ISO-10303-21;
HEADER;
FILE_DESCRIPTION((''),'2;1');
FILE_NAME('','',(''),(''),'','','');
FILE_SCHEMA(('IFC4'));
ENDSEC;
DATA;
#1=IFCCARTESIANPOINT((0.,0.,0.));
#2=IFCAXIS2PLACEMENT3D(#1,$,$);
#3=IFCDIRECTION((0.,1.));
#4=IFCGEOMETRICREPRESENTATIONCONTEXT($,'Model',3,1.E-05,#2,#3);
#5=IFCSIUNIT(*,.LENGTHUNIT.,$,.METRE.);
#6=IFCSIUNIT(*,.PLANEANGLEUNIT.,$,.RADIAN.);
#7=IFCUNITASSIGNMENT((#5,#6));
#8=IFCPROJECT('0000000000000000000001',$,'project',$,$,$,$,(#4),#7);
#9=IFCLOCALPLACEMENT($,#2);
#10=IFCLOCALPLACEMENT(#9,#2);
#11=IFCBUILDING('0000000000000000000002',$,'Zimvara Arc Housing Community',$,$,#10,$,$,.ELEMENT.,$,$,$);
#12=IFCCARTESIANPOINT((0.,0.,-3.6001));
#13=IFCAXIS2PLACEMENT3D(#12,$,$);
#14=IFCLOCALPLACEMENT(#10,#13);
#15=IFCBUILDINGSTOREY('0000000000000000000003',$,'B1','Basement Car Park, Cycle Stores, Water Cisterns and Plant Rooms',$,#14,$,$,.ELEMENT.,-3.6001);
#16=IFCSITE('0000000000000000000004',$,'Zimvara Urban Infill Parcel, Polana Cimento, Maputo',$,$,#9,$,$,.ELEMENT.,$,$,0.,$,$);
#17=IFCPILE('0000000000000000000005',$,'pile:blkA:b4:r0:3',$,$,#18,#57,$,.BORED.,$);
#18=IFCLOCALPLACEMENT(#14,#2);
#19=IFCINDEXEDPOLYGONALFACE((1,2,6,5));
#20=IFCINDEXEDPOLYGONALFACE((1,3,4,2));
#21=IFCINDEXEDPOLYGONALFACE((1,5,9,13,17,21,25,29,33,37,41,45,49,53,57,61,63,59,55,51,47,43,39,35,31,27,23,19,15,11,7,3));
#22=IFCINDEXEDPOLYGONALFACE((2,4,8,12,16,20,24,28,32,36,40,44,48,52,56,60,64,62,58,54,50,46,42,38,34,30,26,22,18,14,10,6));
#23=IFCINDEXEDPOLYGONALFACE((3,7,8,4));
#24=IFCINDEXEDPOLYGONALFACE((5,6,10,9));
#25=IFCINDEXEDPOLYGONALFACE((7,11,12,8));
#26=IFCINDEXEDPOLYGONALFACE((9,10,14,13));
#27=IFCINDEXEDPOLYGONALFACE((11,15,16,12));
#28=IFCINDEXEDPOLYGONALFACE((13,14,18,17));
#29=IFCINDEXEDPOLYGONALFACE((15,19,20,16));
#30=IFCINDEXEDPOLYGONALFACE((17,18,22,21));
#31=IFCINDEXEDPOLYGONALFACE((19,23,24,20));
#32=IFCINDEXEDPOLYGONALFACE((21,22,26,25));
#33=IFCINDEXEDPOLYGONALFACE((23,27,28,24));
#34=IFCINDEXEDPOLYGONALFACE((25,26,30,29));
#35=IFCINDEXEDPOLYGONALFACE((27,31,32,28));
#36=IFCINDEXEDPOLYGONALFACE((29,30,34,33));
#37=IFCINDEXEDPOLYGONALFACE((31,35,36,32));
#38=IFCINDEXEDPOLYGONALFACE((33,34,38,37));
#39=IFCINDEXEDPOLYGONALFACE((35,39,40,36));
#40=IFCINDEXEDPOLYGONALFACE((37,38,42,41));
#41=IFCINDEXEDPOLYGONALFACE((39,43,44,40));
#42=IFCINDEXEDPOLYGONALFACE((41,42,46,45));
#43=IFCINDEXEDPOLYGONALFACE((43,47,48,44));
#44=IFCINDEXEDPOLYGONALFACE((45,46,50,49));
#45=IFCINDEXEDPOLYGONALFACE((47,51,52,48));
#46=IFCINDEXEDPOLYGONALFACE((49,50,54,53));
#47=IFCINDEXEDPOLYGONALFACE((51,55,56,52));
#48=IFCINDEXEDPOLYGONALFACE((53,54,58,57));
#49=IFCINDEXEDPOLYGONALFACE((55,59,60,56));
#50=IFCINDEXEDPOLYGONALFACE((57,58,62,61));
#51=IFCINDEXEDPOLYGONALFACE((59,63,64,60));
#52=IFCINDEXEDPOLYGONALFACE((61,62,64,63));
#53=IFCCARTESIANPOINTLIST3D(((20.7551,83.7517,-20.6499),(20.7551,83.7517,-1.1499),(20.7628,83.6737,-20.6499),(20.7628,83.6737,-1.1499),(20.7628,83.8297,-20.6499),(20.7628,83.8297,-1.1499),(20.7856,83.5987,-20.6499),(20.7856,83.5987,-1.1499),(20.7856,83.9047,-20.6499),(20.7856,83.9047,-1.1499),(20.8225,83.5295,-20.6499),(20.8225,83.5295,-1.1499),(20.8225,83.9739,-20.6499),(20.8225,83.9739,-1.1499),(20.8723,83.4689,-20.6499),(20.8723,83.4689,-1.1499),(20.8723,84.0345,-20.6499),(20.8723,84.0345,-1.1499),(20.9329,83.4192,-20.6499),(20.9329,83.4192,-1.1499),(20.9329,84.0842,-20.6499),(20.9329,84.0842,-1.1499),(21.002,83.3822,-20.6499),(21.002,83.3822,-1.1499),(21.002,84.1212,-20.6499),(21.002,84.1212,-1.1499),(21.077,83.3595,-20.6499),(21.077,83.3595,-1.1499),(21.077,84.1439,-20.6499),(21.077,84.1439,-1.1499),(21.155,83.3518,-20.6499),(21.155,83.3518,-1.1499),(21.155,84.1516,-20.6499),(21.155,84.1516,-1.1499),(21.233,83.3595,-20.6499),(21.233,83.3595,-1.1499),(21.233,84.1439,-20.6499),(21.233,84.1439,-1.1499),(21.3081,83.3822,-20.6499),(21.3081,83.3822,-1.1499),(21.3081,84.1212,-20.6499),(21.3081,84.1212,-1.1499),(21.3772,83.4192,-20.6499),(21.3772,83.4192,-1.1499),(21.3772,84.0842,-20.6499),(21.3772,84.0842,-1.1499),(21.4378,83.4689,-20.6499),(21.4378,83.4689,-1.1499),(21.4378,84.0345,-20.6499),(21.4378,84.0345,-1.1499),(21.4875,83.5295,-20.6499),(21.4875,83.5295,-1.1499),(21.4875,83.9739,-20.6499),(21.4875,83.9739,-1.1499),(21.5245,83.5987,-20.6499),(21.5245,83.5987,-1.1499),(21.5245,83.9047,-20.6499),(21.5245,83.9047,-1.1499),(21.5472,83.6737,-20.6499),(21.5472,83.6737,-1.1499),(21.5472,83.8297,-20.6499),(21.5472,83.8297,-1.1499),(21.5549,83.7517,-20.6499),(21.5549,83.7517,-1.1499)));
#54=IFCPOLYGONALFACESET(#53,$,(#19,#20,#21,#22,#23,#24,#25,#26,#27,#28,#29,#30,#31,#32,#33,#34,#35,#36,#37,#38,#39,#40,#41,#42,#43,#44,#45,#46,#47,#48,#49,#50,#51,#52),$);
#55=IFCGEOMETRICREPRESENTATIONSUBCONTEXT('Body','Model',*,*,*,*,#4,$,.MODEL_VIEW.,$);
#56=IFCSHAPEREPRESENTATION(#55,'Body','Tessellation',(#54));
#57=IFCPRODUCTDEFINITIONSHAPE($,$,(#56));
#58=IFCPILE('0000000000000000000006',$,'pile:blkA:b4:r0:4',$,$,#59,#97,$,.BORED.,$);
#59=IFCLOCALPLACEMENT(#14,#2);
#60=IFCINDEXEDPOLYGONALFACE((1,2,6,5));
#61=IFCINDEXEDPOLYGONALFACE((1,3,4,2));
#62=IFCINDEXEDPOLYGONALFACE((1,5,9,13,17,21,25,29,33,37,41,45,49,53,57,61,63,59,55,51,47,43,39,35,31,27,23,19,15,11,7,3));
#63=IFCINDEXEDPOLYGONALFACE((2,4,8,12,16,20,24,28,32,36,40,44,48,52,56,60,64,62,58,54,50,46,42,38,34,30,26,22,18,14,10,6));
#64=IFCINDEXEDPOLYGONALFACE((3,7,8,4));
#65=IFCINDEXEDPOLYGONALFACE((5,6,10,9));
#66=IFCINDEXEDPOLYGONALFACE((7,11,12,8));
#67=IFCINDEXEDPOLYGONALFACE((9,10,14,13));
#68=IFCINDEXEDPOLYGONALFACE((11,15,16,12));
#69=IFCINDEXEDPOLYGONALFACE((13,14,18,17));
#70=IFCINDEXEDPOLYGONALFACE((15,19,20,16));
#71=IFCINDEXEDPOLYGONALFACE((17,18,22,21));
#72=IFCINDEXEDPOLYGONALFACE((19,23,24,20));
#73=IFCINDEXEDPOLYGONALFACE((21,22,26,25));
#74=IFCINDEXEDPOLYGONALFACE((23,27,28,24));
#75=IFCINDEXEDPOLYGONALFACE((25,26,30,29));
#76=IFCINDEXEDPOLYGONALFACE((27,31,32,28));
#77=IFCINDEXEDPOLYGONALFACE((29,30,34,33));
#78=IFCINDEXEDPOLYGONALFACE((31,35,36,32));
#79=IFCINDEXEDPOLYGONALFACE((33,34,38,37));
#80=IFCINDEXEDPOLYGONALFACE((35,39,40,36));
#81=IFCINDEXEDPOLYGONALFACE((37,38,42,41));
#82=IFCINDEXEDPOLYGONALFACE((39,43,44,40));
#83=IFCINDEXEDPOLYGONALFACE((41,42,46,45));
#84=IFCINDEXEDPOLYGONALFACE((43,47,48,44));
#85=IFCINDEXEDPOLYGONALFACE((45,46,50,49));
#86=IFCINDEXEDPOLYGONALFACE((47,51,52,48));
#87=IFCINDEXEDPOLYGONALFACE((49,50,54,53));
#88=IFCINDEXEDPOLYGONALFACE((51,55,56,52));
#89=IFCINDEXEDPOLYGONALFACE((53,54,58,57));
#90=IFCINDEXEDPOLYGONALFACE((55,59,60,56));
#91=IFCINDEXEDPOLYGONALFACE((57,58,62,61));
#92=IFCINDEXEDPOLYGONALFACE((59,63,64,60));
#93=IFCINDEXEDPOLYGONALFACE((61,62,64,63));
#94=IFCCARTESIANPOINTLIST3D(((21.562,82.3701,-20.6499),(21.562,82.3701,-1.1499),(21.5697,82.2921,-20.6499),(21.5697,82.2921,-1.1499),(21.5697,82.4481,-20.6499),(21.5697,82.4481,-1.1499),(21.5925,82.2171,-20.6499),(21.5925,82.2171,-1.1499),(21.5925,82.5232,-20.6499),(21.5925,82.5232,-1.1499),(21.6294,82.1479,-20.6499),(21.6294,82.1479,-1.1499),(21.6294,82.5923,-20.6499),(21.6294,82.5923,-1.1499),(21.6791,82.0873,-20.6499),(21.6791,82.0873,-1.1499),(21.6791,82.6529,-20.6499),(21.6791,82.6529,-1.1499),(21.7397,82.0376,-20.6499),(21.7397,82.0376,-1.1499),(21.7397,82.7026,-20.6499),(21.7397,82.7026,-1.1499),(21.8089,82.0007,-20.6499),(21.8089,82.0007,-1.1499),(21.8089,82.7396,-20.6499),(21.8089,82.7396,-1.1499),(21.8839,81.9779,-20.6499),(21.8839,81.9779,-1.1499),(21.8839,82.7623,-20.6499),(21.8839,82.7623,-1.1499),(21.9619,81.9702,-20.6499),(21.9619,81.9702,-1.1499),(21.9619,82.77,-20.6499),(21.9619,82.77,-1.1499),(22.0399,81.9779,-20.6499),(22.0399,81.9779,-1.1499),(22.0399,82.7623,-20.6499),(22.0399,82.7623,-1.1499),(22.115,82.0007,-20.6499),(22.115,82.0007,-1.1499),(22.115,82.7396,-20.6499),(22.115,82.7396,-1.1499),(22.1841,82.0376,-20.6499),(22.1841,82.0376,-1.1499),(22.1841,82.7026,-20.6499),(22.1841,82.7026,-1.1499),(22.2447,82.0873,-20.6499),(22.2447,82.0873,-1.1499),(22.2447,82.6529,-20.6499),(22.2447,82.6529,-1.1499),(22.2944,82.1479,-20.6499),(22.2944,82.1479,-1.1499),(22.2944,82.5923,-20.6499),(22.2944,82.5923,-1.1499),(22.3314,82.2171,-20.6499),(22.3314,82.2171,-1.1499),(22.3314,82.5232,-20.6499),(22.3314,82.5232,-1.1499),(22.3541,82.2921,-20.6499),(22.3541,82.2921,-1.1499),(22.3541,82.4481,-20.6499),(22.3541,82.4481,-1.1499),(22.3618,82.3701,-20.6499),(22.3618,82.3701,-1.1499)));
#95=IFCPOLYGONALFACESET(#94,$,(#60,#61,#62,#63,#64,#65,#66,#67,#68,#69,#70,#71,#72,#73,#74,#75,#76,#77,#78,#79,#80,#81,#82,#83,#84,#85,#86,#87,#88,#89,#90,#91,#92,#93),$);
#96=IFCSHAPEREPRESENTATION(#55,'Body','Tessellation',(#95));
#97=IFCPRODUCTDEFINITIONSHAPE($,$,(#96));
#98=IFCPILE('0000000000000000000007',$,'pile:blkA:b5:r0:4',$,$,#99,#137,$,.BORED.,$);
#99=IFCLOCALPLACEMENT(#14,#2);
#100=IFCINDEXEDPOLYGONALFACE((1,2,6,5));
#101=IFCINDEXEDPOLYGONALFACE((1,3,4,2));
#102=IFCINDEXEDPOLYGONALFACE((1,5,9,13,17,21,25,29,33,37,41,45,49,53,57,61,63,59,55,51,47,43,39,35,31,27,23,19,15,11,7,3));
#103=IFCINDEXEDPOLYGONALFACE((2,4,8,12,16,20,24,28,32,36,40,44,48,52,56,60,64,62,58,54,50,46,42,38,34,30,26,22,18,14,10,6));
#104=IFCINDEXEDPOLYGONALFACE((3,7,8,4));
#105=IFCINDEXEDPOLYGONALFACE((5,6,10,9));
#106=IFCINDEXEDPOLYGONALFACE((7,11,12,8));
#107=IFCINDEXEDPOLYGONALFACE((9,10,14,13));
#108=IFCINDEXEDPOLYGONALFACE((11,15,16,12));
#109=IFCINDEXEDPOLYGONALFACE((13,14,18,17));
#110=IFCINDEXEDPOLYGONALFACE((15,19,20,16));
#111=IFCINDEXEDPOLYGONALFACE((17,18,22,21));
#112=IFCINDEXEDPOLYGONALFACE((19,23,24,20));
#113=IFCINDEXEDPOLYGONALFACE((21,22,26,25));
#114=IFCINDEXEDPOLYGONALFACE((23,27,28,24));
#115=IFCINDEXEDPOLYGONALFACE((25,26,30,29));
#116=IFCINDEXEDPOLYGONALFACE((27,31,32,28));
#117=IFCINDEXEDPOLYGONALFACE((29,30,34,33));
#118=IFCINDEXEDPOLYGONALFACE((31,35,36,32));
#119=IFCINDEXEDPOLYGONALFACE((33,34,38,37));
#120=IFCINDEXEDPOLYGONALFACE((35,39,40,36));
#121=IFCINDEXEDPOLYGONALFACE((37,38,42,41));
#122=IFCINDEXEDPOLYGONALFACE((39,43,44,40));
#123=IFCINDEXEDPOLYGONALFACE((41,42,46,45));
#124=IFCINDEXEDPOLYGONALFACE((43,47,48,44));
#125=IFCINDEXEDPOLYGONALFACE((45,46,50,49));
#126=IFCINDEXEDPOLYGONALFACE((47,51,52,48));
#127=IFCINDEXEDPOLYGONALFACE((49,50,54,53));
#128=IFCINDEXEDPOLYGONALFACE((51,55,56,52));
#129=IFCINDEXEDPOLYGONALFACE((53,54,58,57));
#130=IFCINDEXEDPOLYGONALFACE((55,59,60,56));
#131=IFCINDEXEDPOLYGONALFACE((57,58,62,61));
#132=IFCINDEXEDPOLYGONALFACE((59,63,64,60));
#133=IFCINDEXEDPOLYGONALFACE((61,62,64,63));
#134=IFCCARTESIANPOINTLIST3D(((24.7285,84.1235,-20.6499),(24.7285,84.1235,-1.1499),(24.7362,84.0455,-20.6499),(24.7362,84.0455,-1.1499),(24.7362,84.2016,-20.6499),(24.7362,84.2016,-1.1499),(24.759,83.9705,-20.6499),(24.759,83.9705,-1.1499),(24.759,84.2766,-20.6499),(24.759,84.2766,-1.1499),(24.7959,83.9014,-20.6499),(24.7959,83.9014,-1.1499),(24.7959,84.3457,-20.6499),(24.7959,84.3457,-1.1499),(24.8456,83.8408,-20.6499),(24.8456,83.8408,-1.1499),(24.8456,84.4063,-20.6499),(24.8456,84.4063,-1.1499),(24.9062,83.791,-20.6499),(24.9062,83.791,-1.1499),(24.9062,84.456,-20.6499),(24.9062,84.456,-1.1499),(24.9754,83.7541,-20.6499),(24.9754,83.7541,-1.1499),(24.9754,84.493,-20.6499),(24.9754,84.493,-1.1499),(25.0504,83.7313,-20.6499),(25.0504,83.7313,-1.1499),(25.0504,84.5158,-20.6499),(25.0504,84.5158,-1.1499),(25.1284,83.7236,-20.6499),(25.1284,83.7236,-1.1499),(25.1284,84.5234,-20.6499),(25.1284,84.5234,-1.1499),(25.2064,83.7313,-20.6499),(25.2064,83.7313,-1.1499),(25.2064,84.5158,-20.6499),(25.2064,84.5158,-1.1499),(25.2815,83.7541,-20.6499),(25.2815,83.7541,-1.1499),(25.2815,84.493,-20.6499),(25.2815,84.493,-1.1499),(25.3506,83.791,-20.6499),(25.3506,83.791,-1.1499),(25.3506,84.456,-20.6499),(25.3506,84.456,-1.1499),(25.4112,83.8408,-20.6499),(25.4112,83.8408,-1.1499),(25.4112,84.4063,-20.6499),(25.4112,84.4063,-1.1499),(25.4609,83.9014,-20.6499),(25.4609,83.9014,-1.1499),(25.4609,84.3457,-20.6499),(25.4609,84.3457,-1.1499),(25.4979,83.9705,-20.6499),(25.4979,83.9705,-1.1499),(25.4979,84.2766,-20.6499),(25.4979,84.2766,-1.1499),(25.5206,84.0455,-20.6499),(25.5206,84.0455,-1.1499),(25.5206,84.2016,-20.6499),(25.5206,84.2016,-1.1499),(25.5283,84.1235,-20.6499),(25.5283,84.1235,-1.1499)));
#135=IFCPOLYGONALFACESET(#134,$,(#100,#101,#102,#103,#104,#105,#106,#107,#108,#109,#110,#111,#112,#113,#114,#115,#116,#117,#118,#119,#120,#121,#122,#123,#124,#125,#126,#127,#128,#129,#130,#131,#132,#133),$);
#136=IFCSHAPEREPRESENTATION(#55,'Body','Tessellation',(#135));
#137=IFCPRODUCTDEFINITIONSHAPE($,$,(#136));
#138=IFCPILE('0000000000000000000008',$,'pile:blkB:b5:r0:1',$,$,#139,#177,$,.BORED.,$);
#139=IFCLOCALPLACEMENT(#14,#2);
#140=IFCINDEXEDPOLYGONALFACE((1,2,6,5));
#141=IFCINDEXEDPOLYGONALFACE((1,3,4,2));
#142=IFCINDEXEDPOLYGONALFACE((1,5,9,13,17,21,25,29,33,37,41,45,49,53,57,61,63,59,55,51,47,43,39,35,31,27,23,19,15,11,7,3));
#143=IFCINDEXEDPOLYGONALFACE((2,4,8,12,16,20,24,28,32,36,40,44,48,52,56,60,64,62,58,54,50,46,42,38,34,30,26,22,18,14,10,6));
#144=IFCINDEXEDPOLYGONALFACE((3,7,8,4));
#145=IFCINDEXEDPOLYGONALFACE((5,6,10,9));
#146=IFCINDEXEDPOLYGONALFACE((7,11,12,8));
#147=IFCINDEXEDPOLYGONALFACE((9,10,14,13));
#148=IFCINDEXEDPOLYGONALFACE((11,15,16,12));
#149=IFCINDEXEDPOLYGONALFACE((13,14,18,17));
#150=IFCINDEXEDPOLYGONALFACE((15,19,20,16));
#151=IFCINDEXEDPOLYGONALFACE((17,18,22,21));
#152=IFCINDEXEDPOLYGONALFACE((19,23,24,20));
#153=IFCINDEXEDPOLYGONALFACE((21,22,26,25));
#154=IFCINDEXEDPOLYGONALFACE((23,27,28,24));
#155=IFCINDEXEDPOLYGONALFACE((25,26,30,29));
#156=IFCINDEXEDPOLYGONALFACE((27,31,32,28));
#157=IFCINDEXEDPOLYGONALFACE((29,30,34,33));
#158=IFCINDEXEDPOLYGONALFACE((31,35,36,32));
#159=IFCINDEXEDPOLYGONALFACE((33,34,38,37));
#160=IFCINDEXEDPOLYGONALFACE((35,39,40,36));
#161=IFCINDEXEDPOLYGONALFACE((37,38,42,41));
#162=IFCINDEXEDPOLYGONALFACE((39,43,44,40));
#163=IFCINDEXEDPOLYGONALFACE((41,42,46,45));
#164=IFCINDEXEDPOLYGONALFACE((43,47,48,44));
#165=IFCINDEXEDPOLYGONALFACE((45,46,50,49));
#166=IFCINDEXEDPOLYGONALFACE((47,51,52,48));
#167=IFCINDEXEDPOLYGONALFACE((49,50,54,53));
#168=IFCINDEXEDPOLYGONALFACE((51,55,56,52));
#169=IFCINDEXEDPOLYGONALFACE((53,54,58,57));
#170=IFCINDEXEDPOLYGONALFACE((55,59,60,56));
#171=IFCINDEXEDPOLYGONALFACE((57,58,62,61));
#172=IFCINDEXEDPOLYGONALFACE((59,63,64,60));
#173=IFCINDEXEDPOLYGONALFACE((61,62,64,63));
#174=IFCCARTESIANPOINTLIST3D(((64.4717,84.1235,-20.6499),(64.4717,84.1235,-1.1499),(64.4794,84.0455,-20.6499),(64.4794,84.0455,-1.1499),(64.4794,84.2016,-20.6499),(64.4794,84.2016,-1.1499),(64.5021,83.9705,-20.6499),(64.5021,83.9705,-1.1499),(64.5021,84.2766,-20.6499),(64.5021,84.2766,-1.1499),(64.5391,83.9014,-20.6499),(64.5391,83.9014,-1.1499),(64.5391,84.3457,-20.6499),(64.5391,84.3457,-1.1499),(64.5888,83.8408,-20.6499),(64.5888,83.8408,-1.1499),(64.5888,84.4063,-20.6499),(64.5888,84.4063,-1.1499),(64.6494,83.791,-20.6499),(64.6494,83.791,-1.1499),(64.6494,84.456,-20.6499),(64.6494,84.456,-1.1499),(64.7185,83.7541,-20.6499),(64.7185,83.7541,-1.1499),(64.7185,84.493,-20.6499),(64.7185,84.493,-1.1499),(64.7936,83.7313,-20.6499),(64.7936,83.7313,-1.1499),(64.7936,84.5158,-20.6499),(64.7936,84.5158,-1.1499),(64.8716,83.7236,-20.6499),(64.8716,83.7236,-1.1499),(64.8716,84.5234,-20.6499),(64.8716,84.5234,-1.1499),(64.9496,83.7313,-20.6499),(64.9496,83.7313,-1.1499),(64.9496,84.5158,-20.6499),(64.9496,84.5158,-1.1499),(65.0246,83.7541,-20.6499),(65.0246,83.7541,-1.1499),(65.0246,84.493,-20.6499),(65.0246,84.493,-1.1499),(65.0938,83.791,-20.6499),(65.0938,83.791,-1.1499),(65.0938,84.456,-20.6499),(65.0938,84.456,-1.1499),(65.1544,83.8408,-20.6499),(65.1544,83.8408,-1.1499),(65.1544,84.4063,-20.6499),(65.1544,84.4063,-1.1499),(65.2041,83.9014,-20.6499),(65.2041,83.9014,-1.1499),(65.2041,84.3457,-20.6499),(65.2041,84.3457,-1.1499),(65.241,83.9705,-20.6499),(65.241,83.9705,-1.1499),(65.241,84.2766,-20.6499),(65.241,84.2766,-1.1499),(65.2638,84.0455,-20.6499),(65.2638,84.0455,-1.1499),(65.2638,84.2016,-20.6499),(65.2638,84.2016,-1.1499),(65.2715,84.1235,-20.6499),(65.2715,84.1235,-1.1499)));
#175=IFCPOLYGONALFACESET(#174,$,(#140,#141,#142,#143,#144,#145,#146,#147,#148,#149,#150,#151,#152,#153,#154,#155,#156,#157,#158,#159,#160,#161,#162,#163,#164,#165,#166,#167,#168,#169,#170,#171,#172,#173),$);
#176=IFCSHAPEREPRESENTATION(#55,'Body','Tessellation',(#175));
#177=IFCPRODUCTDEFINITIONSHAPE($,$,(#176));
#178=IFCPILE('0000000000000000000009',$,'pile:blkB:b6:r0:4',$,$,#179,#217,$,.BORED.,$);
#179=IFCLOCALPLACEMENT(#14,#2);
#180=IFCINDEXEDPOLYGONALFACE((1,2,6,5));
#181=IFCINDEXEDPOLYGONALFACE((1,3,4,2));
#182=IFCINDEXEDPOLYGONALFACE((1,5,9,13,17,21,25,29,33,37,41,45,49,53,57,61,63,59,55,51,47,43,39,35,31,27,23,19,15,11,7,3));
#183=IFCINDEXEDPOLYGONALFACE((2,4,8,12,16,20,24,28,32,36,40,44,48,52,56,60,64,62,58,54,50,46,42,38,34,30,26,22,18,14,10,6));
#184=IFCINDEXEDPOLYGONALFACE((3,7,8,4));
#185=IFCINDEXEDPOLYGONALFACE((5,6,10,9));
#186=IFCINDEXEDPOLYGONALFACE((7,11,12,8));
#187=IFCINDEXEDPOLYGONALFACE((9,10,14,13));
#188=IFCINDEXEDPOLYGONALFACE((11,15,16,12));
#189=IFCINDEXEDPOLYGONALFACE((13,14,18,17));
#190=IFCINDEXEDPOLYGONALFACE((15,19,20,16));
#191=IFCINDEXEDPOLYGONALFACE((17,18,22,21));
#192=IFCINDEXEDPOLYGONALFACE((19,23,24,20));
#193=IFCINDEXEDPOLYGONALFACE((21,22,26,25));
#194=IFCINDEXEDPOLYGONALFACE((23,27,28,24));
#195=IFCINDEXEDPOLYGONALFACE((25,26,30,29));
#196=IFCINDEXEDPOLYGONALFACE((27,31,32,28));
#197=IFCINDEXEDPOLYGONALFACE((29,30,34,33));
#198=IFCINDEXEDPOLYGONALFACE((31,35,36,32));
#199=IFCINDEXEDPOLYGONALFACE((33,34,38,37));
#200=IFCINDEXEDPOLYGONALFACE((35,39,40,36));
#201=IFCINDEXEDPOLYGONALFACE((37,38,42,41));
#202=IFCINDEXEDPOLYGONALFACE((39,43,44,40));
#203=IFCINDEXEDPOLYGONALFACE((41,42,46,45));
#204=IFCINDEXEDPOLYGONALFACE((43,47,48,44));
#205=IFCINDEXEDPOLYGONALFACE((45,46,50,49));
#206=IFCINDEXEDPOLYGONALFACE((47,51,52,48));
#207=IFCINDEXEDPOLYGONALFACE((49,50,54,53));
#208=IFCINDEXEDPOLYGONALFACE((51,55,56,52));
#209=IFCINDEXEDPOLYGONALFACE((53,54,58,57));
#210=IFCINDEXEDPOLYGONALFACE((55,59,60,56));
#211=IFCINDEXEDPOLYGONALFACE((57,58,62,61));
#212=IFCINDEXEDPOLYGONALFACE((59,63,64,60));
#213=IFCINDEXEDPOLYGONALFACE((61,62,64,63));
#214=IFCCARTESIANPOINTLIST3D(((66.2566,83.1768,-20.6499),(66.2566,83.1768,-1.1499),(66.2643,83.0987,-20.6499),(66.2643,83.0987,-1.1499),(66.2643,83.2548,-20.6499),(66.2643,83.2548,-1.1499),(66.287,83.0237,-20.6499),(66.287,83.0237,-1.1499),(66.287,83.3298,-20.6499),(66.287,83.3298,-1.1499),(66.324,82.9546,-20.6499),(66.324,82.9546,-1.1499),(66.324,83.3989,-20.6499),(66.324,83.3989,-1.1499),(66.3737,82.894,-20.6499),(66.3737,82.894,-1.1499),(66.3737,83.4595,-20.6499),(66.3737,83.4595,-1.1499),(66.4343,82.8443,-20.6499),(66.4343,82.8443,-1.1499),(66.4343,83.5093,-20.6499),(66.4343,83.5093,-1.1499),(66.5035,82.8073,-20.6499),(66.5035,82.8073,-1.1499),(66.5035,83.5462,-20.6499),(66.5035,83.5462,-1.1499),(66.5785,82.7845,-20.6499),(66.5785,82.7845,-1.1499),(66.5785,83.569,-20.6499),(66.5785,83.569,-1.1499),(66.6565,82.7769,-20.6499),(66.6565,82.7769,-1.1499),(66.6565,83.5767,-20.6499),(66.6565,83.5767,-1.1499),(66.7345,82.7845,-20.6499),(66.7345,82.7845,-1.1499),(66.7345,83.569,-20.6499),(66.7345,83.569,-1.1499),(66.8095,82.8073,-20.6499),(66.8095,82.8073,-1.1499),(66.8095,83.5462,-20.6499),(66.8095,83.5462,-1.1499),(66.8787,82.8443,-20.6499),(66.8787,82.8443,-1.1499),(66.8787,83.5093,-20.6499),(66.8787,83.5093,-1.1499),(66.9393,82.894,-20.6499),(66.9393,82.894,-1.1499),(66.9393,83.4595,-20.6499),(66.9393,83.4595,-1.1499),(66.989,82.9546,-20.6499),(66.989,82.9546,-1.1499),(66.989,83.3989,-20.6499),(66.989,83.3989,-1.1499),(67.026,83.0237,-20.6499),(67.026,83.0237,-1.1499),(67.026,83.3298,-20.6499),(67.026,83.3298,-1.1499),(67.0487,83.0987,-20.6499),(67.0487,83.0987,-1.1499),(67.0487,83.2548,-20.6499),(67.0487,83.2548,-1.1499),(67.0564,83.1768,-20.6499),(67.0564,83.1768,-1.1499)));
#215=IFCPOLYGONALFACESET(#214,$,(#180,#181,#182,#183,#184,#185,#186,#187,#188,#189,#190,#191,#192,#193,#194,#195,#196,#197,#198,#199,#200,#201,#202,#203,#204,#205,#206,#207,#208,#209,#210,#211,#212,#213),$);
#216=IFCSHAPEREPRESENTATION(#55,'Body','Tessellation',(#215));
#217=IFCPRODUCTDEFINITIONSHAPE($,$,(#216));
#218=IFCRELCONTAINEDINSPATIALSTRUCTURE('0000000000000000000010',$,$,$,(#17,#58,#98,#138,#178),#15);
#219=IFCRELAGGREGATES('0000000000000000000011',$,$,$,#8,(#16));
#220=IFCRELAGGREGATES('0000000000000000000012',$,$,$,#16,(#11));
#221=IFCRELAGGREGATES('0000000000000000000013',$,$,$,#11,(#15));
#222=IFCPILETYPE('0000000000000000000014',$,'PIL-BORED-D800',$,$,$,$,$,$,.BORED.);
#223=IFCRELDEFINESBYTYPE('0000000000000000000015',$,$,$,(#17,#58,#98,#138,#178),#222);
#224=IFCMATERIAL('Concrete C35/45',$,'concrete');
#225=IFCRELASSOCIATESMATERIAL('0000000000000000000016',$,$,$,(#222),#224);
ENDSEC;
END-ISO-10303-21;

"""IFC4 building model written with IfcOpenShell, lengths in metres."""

from ifc_helpers import new_model, si_unit, direction, frame, origin, origin_2d, place, context, subcontext, project, spatial, circle, extrude, material, material_profile, profile_set, type_object, element, save


model = new_model("IFC4")

# Units and contexts
model_context = context("Model", 3, precision=1e-05, world=origin(), true_north=direction((0.0, 1.0)))
body_context = subcontext(model_context, "Body", "Model", "MODEL_VIEW")
ifc_project = project(units=[si_unit("LENGTHUNIT", "METRE"), si_unit("PLANEANGLEUNIT", "RADIAN")], contexts=[model_context])

# Site, building, storey
site_placement = place(None, origin())
site = spatial("IfcSite", under=ifc_project, at=site_placement, Name="Zimvara Urban Infill Parcel, Polana Cimento, Maputo", CompositionType="ELEMENT", RefElevation=0.0)
building_placement = place(site_placement, origin())
building = spatial("IfcBuilding", under=site, at=building_placement, Name="Zimvara Arc Housing Community", CompositionType="ELEMENT")
storey_placement = place(building_placement, frame((0.0, 0.0, -3.6001)))
storey = spatial("IfcBuildingStorey", under=building, at=storey_placement, Name="B1", Description="Basement Car Park, Cycle Stores, Water Cisterns and Plant Rooms", CompositionType="ELEMENT", Elevation=-3.6001)

# Piles
ifc_material_1 = material(Name="Concrete C35/45", Category="concrete")
ifc_material_profile_1 = material_profile(ifc_material_1, circle(Radius=0.3999, at=origin_2d()), Name="PILE D800")
ifc_profile_set_1 = profile_set([ifc_material_profile_1], Name="Concrete C35/45")
pile_type = type_object("IfcPileType", Name="PIL-BORED-D800", PredefinedType="BORED", material=ifc_profile_set_1)
for number, where, z_axis, x_axis, name in (
    (1, (21.155, 83.7517, -1.1499), (0.0, 0.0, -1.0), (1.0, 0.0, 0.0), "pile:blkA:b4:r0:3"),
    (2, (21.9619, 82.3701, -1.1499), (0.0, 0.0, -1.0), (1.0, 0.0, 0.0), "pile:blkA:b4:r0:4"),
    (3, (25.1284, 84.1235, -1.1499), (0.0, 0.0, -1.0), (1.0, 0.0, 0.0), "pile:blkA:b5:r0:4"),
    (4, (64.8716, 84.1235, -1.1499), (0.0, 0.0, -1.0), (1.0, 0.0, 0.0), "pile:blkB:b5:r0:1"),
    (5, (66.6565, 83.1768, -1.1499), (0.0, 0.0, -1.0), (1.0, 0.0, 0.0), "pile:blkB:b6:r0:4"),
):
    element("IfcPile", number, at=place(storey_placement, frame(where, z_axis=z_axis, x_axis=x_axis)), inside=storey, type_object=pile_type, Name=name, PredefinedType="BORED", context=body_context, shape_type="SweptSolid", body=[
        extrude(circle(Radius=0.3999, at=origin_2d()), origin(), (0.0, 0.0, 1.0), 19.5),
    ])

save(model, "model.ifc")
